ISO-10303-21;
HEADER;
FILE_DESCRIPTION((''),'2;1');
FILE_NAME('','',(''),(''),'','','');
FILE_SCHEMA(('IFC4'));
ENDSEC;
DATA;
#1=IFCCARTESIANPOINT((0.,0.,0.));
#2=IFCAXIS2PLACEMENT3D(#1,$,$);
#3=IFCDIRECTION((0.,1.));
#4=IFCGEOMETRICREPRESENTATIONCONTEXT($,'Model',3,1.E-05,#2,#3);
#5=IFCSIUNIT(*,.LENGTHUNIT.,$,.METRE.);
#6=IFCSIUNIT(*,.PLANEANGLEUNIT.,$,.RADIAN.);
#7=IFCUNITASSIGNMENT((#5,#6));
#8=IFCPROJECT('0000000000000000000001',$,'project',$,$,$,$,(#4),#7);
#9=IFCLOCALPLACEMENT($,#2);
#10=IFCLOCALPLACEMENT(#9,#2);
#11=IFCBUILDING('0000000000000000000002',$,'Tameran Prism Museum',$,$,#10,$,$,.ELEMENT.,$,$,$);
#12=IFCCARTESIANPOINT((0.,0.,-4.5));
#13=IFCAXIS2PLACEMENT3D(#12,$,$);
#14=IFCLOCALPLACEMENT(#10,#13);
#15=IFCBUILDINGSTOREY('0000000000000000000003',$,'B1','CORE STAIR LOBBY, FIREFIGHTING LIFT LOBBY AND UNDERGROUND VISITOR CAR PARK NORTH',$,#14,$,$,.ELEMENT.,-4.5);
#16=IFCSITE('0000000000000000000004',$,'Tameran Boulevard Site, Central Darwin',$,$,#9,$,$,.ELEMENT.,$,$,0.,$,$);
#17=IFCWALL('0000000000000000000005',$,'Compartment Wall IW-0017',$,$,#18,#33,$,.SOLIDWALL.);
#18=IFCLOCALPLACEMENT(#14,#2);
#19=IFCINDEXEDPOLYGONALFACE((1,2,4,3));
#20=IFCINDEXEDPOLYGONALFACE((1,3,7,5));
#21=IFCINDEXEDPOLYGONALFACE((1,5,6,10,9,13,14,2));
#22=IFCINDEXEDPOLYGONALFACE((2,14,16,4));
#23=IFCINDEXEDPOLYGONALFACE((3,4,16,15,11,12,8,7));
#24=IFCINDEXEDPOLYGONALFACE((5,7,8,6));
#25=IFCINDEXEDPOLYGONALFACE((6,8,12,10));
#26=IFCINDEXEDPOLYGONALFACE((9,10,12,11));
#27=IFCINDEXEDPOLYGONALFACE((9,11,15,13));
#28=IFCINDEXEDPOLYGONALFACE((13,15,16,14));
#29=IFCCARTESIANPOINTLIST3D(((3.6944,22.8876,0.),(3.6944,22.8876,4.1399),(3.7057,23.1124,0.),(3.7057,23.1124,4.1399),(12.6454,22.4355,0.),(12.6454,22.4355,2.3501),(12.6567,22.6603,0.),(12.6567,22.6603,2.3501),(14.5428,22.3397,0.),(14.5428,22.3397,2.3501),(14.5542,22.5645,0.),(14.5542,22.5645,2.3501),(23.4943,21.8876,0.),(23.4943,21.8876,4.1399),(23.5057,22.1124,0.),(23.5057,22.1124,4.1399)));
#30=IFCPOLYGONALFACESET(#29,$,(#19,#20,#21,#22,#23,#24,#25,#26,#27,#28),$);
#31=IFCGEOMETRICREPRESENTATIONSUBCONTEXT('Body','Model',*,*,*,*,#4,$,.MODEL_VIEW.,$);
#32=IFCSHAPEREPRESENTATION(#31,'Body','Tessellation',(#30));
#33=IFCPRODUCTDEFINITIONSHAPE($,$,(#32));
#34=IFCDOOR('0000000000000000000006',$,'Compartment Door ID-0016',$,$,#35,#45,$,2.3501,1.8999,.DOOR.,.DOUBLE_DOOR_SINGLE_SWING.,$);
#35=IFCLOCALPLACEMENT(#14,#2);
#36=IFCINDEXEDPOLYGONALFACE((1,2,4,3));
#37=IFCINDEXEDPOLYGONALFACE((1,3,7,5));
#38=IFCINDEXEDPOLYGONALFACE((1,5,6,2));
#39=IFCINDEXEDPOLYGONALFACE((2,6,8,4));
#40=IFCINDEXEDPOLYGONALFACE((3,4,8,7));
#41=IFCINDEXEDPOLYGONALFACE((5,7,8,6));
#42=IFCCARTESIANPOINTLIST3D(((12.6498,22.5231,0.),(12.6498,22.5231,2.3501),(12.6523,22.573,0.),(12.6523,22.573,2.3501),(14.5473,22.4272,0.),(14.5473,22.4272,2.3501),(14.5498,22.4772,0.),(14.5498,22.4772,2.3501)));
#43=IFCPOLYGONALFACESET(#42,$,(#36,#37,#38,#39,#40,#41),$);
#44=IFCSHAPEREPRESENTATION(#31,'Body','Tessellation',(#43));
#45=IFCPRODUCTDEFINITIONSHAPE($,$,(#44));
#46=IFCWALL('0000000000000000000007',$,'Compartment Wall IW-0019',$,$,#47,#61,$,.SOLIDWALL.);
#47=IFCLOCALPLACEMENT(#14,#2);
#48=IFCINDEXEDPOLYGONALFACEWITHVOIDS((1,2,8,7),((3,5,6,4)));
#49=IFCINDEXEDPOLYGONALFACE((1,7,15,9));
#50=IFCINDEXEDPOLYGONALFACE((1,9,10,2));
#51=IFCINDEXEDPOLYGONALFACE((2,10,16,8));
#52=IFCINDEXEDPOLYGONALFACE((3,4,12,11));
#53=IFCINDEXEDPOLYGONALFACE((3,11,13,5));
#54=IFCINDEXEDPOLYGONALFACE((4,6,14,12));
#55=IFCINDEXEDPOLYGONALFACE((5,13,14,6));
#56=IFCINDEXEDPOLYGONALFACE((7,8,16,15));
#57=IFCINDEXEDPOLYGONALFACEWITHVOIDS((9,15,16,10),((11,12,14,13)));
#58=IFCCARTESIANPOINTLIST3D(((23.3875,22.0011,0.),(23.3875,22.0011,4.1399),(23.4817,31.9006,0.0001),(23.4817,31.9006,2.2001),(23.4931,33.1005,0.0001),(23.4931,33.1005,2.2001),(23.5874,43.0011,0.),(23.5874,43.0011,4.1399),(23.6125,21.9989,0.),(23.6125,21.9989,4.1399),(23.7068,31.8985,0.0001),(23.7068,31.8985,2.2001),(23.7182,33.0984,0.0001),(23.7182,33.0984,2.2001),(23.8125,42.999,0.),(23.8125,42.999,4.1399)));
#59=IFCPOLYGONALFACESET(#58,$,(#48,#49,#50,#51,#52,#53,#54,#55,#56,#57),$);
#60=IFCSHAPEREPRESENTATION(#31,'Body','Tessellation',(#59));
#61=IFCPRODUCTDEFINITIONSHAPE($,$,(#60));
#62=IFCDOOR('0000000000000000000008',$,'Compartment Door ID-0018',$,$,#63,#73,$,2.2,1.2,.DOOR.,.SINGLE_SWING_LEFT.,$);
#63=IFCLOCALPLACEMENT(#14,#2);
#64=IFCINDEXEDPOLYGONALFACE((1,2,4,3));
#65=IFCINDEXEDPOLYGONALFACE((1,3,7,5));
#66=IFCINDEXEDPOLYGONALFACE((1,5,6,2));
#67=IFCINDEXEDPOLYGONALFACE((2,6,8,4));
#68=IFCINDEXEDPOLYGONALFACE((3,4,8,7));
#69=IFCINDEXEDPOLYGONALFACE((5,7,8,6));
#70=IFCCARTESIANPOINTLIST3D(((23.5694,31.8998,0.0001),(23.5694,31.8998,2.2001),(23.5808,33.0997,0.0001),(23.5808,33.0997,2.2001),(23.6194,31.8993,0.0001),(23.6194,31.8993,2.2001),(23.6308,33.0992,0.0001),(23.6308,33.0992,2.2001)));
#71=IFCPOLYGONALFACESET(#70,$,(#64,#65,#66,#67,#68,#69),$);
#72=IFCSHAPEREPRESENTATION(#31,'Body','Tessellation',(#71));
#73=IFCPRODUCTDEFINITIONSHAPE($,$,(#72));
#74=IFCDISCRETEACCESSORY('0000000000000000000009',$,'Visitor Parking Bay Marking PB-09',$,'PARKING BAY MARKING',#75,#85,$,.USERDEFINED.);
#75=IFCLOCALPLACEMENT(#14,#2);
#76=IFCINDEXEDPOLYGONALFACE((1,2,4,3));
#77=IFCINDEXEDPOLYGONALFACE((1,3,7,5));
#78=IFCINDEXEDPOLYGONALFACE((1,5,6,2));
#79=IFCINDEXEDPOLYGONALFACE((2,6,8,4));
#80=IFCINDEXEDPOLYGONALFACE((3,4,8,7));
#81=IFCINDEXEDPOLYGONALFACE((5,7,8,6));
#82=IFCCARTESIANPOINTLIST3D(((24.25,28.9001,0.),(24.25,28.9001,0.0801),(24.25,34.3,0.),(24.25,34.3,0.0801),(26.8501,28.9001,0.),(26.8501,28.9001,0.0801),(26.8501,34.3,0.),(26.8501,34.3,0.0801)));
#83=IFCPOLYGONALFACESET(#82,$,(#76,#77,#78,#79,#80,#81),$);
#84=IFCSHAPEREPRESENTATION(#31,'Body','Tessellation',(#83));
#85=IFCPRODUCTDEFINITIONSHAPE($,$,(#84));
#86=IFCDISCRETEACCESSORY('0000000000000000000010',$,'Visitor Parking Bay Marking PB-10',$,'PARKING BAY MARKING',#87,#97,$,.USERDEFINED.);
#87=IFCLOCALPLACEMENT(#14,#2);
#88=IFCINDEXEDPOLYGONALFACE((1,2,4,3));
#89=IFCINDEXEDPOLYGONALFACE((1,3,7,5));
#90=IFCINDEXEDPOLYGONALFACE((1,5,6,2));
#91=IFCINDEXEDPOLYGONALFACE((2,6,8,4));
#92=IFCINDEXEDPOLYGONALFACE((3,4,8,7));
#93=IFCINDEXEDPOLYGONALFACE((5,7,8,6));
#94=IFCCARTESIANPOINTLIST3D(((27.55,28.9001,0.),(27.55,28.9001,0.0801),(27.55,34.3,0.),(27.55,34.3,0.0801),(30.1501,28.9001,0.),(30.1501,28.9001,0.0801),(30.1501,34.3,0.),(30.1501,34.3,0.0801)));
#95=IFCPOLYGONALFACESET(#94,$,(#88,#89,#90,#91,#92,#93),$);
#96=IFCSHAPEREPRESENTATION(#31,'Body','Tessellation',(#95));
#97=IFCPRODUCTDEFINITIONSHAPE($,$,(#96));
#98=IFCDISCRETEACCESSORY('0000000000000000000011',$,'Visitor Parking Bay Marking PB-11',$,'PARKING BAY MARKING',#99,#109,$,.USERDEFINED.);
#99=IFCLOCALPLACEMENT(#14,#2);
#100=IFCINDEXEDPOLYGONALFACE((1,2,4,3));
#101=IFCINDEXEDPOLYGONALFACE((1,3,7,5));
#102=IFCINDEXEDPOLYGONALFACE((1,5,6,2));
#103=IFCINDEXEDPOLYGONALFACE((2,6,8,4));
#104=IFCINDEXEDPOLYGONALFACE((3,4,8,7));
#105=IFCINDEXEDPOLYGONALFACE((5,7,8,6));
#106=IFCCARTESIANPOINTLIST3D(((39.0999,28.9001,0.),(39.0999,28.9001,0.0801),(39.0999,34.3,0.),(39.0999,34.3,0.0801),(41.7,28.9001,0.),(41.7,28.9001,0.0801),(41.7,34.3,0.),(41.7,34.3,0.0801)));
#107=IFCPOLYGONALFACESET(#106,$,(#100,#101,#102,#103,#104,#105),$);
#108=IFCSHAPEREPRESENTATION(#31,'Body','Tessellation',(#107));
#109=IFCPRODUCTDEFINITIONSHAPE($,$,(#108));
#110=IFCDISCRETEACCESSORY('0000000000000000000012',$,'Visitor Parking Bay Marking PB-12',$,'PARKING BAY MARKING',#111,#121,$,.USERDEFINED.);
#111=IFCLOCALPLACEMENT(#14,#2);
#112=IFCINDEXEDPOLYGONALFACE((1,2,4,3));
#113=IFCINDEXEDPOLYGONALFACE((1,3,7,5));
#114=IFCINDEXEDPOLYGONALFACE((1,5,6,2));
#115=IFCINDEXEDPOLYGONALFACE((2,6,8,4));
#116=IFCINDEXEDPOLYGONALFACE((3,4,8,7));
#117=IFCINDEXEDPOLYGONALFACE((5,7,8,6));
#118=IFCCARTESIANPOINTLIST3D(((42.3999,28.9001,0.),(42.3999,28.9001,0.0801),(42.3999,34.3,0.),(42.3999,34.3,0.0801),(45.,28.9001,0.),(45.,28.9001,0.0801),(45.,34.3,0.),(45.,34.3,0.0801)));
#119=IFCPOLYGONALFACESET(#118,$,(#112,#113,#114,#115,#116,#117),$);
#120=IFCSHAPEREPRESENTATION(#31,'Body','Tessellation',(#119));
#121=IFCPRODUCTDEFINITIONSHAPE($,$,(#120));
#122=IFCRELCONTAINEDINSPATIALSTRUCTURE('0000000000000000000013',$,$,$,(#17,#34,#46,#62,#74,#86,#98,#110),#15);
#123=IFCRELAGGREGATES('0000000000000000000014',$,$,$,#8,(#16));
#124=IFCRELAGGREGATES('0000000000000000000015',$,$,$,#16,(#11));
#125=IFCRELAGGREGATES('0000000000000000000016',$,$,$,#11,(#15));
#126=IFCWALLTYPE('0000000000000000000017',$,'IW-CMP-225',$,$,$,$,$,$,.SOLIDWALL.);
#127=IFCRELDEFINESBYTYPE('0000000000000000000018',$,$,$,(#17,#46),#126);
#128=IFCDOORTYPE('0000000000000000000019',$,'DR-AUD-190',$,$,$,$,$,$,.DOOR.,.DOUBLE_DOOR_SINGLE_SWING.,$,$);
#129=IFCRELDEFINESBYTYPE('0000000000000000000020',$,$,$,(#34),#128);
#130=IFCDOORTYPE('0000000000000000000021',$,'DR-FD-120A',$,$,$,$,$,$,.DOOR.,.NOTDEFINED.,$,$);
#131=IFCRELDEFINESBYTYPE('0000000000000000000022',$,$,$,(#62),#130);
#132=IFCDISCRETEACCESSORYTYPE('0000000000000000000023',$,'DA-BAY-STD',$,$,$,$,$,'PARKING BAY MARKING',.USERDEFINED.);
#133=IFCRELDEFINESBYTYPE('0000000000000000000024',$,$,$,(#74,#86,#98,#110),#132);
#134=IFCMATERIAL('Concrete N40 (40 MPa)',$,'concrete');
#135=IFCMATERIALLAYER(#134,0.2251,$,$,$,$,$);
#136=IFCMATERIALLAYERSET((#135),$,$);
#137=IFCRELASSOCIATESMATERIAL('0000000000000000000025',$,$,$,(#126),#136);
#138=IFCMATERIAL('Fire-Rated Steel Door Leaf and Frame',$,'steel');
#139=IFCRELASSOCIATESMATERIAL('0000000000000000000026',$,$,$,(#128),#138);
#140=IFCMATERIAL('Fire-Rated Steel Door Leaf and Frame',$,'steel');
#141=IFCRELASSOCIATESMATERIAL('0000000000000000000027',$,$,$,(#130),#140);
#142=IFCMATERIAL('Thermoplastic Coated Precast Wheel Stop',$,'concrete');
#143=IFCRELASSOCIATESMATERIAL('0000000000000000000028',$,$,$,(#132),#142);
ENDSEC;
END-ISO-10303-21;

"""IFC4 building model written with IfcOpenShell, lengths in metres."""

from ifc_helpers import new_model, si_unit, direction, frame, frame_2d, origin, origin_2d, place, context, subcontext, project, spatial, rectangle, extrude, material, layer, layer_set, type_object, element, fill, save


model = new_model("IFC4")

# Units and contexts
model_context = context("Model", 3, precision=1e-05, world=origin(), true_north=direction((0.0, 1.0)))
body_context = subcontext(model_context, "Body", "Model", "MODEL_VIEW")
ifc_project = project(units=[si_unit("LENGTHUNIT", "METRE"), si_unit("PLANEANGLEUNIT", "RADIAN")], contexts=[model_context])

# Site, building, storey
site_placement = place(None, origin())
site = spatial("IfcSite", under=ifc_project, at=site_placement, Name="Tameran Boulevard Site, Central Darwin", CompositionType="ELEMENT", RefElevation=0.0)
building_placement = place(site_placement, origin())
building = spatial("IfcBuilding", under=site, at=building_placement, Name="Tameran Prism Museum", CompositionType="ELEMENT")
storey_placement = place(building_placement, frame((0.0, 0.0, -4.5)))
storey = spatial("IfcBuildingStorey", under=building, at=storey_placement, Name="B1", Description="CORE STAIR LOBBY, FIREFIGHTING LIFT LOBBY AND UNDERGROUND VISITOR CAR PARK NORTH", CompositionType="ELEMENT", Elevation=-4.5)

# Walls, openings, doors
ifc_material_1 = material(Name="Concrete N40 (40 MPa)", Category="concrete")
ifc_layer_1 = layer(ifc_material_1, 0.2251)
ifc_layer_set_1 = layer_set([ifc_layer_1])
wall_type_1 = type_object("IfcWallType", Name="IW-CMP-225", PredefinedType="SOLIDWALL", material=ifc_layer_set_1)
wall_1_placement = place(storey_placement, frame((23.5, 22.0, 0.0), z_axis=(0.0, 0.0, 1.0), x_axis=(-0.998727, 0.050441, 0.0)))
wall_1 = element("IfcWall", 1, at=wall_1_placement, inside=storey, type_object=wall_type_1, Name="Compartment Wall IW-0017", PredefinedType="SOLIDWALL", context=body_context, shape_type="SweptSolid", body=[
    extrude(rectangle(XDim=19.8252, YDim=0.2251, at=frame_2d((9.9126, 0.0))), origin(), (0.0, 0.0, 1.0), 4.1399),
])
opening_1_placement = place(wall_1_placement, frame((8.9629, 0.0, 0.0)))
opening_1 = element("IfcOpeningElement", 2, at=opening_1_placement, cuts=wall_1, PredefinedType="OPENING", context=body_context, shape_type="SweptSolid", body=[
    extrude(rectangle(XDim=1.8999, YDim=2.3501, at=frame_2d((0.95, 1.175))), frame((0.0, 0.1226, 0.0), z_axis=(0.0, -1.0, 0.0), x_axis=(1.0, 0.0, 0.0)), (0.0, 0.0, 1.0), 0.2451),
])
ifc_material_2 = material(Name="Fire-Rated Steel Door Leaf and Frame", Category="steel")
door_type_1 = type_object("IfcDoorType", Name="DR-AUD-190", OperationType="DOUBLE_DOOR_SINGLE_SWING", PredefinedType="DOOR", material=ifc_material_2)
door_1_placement = place(opening_1_placement, origin())
door_1 = element("IfcDoor", 3, at=door_1_placement, inside=storey, type_object=door_type_1, Name="Compartment Door ID-0016", OperationType="DOUBLE_DOOR_SINGLE_SWING", OverallHeight=2.3501, OverallWidth=1.8999, PredefinedType="DOOR", context=body_context, shape_type="SweptSolid", body=[
    extrude(rectangle(XDim=1.8999, YDim=2.3501, at=frame_2d((0.95, 1.175))), frame((0.0, 0.0249, 0.0), z_axis=(0.0, -1.0, 0.0), x_axis=(1.0, 0.0, 0.0)), (0.0, 0.0, 1.0), 0.05),
])
fill(opening_1, door_1)
wall_2_placement = place(storey_placement, frame((23.5, 22.0, 0.0), z_axis=(0.0, 0.0, 1.0), x_axis=(0.009521, 0.999955, 0.0)))
wall_2 = element("IfcWall", 4, at=wall_2_placement, inside=storey, type_object=wall_type_1, Name="Compartment Wall IW-0019", PredefinedType="SOLIDWALL", context=body_context, shape_type="SweptSolid", body=[
    extrude(rectangle(XDim=21.001, YDim=0.2251, at=frame_2d((10.5005, 0.0))), origin(), (0.0, 0.0, 1.0), 4.1399),
])
opening_2_placement = place(wall_2_placement, frame((9.8999, 0.0, 0.0)))
opening_2 = element("IfcOpeningElement", 5, at=opening_2_placement, cuts=wall_2, PredefinedType="OPENING", context=body_context, shape_type="SweptSolid", body=[
    extrude(rectangle(XDim=1.2, YDim=2.2, at=frame_2d((0.6001, 1.1001))), frame((0.0, 0.1226, 0.0), z_axis=(0.0, -1.0, 0.0), x_axis=(1.0, 0.0, 0.0)), (0.0, 0.0, 1.0), 0.2451),
])
ifc_material_3 = material(Name="Fire-Rated Steel Door Leaf and Frame", Category="steel")
door_type_2 = type_object("IfcDoorType", Name="DR-FD-120A", OperationType="NOTDEFINED", PredefinedType="DOOR", material=ifc_material_3)
door_2_placement = place(opening_2_placement, origin())
door_2 = element("IfcDoor", 6, at=door_2_placement, inside=storey, type_object=door_type_2, Name="Compartment Door ID-0018", OperationType="SINGLE_SWING_LEFT", OverallHeight=2.2, OverallWidth=1.2, PredefinedType="DOOR", context=body_context, shape_type="SweptSolid", body=[
    extrude(rectangle(XDim=1.2, YDim=2.2, at=frame_2d((0.6001, 1.1001))), frame((0.0, 0.0249, 0.0), z_axis=(0.0, -1.0, 0.0), x_axis=(1.0, 0.0, 0.0)), (0.0, 0.0, 1.0), 0.05),
])
fill(opening_2, door_2)

# Discrete accessories
ifc_material_4 = material(Name="Thermoplastic Coated Precast Wheel Stop", Category="concrete")
discrete_accessory_type = type_object("IfcDiscreteAccessoryType", Name="DA-BAY-STD", ElementType="PARKING BAY MARKING", PredefinedType="USERDEFINED", material=ifc_material_4)
for number, where, z_axis, x_axis, name in (
    (7, (25.55, 31.6001, 0.0), (0.0, 0.0, 1.0), (1.0, 0.0, 0.0), "Visitor Parking Bay Marking PB-09"),
    (8, (28.8501, 31.6001, 0.0), (0.0, 0.0, 1.0), (1.0, 0.0, 0.0), "Visitor Parking Bay Marking PB-10"),
    (9, (40.3999, 31.6001, 0.0), (0.0, 0.0, 1.0), (1.0, 0.0, 0.0), "Visitor Parking Bay Marking PB-11"),
    (10, (43.7, 31.6001, 0.0), (0.0, 0.0, 1.0), (1.0, 0.0, 0.0), "Visitor Parking Bay Marking PB-12"),
):
    element("IfcDiscreteAccessory", number, at=place(storey_placement, frame(where, z_axis=z_axis, x_axis=x_axis)), inside=storey, type_object=discrete_accessory_type, Name=name, ObjectType="PARKING BAY MARKING", PredefinedType="USERDEFINED", context=body_context, shape_type="SweptSolid", body=[
        extrude(rectangle(XDim=2.6001, YDim=5.3999, at=origin_2d()), origin(), (0.0, 0.0, 1.0), 0.0801),
    ])

save(model, "model.ifc")
